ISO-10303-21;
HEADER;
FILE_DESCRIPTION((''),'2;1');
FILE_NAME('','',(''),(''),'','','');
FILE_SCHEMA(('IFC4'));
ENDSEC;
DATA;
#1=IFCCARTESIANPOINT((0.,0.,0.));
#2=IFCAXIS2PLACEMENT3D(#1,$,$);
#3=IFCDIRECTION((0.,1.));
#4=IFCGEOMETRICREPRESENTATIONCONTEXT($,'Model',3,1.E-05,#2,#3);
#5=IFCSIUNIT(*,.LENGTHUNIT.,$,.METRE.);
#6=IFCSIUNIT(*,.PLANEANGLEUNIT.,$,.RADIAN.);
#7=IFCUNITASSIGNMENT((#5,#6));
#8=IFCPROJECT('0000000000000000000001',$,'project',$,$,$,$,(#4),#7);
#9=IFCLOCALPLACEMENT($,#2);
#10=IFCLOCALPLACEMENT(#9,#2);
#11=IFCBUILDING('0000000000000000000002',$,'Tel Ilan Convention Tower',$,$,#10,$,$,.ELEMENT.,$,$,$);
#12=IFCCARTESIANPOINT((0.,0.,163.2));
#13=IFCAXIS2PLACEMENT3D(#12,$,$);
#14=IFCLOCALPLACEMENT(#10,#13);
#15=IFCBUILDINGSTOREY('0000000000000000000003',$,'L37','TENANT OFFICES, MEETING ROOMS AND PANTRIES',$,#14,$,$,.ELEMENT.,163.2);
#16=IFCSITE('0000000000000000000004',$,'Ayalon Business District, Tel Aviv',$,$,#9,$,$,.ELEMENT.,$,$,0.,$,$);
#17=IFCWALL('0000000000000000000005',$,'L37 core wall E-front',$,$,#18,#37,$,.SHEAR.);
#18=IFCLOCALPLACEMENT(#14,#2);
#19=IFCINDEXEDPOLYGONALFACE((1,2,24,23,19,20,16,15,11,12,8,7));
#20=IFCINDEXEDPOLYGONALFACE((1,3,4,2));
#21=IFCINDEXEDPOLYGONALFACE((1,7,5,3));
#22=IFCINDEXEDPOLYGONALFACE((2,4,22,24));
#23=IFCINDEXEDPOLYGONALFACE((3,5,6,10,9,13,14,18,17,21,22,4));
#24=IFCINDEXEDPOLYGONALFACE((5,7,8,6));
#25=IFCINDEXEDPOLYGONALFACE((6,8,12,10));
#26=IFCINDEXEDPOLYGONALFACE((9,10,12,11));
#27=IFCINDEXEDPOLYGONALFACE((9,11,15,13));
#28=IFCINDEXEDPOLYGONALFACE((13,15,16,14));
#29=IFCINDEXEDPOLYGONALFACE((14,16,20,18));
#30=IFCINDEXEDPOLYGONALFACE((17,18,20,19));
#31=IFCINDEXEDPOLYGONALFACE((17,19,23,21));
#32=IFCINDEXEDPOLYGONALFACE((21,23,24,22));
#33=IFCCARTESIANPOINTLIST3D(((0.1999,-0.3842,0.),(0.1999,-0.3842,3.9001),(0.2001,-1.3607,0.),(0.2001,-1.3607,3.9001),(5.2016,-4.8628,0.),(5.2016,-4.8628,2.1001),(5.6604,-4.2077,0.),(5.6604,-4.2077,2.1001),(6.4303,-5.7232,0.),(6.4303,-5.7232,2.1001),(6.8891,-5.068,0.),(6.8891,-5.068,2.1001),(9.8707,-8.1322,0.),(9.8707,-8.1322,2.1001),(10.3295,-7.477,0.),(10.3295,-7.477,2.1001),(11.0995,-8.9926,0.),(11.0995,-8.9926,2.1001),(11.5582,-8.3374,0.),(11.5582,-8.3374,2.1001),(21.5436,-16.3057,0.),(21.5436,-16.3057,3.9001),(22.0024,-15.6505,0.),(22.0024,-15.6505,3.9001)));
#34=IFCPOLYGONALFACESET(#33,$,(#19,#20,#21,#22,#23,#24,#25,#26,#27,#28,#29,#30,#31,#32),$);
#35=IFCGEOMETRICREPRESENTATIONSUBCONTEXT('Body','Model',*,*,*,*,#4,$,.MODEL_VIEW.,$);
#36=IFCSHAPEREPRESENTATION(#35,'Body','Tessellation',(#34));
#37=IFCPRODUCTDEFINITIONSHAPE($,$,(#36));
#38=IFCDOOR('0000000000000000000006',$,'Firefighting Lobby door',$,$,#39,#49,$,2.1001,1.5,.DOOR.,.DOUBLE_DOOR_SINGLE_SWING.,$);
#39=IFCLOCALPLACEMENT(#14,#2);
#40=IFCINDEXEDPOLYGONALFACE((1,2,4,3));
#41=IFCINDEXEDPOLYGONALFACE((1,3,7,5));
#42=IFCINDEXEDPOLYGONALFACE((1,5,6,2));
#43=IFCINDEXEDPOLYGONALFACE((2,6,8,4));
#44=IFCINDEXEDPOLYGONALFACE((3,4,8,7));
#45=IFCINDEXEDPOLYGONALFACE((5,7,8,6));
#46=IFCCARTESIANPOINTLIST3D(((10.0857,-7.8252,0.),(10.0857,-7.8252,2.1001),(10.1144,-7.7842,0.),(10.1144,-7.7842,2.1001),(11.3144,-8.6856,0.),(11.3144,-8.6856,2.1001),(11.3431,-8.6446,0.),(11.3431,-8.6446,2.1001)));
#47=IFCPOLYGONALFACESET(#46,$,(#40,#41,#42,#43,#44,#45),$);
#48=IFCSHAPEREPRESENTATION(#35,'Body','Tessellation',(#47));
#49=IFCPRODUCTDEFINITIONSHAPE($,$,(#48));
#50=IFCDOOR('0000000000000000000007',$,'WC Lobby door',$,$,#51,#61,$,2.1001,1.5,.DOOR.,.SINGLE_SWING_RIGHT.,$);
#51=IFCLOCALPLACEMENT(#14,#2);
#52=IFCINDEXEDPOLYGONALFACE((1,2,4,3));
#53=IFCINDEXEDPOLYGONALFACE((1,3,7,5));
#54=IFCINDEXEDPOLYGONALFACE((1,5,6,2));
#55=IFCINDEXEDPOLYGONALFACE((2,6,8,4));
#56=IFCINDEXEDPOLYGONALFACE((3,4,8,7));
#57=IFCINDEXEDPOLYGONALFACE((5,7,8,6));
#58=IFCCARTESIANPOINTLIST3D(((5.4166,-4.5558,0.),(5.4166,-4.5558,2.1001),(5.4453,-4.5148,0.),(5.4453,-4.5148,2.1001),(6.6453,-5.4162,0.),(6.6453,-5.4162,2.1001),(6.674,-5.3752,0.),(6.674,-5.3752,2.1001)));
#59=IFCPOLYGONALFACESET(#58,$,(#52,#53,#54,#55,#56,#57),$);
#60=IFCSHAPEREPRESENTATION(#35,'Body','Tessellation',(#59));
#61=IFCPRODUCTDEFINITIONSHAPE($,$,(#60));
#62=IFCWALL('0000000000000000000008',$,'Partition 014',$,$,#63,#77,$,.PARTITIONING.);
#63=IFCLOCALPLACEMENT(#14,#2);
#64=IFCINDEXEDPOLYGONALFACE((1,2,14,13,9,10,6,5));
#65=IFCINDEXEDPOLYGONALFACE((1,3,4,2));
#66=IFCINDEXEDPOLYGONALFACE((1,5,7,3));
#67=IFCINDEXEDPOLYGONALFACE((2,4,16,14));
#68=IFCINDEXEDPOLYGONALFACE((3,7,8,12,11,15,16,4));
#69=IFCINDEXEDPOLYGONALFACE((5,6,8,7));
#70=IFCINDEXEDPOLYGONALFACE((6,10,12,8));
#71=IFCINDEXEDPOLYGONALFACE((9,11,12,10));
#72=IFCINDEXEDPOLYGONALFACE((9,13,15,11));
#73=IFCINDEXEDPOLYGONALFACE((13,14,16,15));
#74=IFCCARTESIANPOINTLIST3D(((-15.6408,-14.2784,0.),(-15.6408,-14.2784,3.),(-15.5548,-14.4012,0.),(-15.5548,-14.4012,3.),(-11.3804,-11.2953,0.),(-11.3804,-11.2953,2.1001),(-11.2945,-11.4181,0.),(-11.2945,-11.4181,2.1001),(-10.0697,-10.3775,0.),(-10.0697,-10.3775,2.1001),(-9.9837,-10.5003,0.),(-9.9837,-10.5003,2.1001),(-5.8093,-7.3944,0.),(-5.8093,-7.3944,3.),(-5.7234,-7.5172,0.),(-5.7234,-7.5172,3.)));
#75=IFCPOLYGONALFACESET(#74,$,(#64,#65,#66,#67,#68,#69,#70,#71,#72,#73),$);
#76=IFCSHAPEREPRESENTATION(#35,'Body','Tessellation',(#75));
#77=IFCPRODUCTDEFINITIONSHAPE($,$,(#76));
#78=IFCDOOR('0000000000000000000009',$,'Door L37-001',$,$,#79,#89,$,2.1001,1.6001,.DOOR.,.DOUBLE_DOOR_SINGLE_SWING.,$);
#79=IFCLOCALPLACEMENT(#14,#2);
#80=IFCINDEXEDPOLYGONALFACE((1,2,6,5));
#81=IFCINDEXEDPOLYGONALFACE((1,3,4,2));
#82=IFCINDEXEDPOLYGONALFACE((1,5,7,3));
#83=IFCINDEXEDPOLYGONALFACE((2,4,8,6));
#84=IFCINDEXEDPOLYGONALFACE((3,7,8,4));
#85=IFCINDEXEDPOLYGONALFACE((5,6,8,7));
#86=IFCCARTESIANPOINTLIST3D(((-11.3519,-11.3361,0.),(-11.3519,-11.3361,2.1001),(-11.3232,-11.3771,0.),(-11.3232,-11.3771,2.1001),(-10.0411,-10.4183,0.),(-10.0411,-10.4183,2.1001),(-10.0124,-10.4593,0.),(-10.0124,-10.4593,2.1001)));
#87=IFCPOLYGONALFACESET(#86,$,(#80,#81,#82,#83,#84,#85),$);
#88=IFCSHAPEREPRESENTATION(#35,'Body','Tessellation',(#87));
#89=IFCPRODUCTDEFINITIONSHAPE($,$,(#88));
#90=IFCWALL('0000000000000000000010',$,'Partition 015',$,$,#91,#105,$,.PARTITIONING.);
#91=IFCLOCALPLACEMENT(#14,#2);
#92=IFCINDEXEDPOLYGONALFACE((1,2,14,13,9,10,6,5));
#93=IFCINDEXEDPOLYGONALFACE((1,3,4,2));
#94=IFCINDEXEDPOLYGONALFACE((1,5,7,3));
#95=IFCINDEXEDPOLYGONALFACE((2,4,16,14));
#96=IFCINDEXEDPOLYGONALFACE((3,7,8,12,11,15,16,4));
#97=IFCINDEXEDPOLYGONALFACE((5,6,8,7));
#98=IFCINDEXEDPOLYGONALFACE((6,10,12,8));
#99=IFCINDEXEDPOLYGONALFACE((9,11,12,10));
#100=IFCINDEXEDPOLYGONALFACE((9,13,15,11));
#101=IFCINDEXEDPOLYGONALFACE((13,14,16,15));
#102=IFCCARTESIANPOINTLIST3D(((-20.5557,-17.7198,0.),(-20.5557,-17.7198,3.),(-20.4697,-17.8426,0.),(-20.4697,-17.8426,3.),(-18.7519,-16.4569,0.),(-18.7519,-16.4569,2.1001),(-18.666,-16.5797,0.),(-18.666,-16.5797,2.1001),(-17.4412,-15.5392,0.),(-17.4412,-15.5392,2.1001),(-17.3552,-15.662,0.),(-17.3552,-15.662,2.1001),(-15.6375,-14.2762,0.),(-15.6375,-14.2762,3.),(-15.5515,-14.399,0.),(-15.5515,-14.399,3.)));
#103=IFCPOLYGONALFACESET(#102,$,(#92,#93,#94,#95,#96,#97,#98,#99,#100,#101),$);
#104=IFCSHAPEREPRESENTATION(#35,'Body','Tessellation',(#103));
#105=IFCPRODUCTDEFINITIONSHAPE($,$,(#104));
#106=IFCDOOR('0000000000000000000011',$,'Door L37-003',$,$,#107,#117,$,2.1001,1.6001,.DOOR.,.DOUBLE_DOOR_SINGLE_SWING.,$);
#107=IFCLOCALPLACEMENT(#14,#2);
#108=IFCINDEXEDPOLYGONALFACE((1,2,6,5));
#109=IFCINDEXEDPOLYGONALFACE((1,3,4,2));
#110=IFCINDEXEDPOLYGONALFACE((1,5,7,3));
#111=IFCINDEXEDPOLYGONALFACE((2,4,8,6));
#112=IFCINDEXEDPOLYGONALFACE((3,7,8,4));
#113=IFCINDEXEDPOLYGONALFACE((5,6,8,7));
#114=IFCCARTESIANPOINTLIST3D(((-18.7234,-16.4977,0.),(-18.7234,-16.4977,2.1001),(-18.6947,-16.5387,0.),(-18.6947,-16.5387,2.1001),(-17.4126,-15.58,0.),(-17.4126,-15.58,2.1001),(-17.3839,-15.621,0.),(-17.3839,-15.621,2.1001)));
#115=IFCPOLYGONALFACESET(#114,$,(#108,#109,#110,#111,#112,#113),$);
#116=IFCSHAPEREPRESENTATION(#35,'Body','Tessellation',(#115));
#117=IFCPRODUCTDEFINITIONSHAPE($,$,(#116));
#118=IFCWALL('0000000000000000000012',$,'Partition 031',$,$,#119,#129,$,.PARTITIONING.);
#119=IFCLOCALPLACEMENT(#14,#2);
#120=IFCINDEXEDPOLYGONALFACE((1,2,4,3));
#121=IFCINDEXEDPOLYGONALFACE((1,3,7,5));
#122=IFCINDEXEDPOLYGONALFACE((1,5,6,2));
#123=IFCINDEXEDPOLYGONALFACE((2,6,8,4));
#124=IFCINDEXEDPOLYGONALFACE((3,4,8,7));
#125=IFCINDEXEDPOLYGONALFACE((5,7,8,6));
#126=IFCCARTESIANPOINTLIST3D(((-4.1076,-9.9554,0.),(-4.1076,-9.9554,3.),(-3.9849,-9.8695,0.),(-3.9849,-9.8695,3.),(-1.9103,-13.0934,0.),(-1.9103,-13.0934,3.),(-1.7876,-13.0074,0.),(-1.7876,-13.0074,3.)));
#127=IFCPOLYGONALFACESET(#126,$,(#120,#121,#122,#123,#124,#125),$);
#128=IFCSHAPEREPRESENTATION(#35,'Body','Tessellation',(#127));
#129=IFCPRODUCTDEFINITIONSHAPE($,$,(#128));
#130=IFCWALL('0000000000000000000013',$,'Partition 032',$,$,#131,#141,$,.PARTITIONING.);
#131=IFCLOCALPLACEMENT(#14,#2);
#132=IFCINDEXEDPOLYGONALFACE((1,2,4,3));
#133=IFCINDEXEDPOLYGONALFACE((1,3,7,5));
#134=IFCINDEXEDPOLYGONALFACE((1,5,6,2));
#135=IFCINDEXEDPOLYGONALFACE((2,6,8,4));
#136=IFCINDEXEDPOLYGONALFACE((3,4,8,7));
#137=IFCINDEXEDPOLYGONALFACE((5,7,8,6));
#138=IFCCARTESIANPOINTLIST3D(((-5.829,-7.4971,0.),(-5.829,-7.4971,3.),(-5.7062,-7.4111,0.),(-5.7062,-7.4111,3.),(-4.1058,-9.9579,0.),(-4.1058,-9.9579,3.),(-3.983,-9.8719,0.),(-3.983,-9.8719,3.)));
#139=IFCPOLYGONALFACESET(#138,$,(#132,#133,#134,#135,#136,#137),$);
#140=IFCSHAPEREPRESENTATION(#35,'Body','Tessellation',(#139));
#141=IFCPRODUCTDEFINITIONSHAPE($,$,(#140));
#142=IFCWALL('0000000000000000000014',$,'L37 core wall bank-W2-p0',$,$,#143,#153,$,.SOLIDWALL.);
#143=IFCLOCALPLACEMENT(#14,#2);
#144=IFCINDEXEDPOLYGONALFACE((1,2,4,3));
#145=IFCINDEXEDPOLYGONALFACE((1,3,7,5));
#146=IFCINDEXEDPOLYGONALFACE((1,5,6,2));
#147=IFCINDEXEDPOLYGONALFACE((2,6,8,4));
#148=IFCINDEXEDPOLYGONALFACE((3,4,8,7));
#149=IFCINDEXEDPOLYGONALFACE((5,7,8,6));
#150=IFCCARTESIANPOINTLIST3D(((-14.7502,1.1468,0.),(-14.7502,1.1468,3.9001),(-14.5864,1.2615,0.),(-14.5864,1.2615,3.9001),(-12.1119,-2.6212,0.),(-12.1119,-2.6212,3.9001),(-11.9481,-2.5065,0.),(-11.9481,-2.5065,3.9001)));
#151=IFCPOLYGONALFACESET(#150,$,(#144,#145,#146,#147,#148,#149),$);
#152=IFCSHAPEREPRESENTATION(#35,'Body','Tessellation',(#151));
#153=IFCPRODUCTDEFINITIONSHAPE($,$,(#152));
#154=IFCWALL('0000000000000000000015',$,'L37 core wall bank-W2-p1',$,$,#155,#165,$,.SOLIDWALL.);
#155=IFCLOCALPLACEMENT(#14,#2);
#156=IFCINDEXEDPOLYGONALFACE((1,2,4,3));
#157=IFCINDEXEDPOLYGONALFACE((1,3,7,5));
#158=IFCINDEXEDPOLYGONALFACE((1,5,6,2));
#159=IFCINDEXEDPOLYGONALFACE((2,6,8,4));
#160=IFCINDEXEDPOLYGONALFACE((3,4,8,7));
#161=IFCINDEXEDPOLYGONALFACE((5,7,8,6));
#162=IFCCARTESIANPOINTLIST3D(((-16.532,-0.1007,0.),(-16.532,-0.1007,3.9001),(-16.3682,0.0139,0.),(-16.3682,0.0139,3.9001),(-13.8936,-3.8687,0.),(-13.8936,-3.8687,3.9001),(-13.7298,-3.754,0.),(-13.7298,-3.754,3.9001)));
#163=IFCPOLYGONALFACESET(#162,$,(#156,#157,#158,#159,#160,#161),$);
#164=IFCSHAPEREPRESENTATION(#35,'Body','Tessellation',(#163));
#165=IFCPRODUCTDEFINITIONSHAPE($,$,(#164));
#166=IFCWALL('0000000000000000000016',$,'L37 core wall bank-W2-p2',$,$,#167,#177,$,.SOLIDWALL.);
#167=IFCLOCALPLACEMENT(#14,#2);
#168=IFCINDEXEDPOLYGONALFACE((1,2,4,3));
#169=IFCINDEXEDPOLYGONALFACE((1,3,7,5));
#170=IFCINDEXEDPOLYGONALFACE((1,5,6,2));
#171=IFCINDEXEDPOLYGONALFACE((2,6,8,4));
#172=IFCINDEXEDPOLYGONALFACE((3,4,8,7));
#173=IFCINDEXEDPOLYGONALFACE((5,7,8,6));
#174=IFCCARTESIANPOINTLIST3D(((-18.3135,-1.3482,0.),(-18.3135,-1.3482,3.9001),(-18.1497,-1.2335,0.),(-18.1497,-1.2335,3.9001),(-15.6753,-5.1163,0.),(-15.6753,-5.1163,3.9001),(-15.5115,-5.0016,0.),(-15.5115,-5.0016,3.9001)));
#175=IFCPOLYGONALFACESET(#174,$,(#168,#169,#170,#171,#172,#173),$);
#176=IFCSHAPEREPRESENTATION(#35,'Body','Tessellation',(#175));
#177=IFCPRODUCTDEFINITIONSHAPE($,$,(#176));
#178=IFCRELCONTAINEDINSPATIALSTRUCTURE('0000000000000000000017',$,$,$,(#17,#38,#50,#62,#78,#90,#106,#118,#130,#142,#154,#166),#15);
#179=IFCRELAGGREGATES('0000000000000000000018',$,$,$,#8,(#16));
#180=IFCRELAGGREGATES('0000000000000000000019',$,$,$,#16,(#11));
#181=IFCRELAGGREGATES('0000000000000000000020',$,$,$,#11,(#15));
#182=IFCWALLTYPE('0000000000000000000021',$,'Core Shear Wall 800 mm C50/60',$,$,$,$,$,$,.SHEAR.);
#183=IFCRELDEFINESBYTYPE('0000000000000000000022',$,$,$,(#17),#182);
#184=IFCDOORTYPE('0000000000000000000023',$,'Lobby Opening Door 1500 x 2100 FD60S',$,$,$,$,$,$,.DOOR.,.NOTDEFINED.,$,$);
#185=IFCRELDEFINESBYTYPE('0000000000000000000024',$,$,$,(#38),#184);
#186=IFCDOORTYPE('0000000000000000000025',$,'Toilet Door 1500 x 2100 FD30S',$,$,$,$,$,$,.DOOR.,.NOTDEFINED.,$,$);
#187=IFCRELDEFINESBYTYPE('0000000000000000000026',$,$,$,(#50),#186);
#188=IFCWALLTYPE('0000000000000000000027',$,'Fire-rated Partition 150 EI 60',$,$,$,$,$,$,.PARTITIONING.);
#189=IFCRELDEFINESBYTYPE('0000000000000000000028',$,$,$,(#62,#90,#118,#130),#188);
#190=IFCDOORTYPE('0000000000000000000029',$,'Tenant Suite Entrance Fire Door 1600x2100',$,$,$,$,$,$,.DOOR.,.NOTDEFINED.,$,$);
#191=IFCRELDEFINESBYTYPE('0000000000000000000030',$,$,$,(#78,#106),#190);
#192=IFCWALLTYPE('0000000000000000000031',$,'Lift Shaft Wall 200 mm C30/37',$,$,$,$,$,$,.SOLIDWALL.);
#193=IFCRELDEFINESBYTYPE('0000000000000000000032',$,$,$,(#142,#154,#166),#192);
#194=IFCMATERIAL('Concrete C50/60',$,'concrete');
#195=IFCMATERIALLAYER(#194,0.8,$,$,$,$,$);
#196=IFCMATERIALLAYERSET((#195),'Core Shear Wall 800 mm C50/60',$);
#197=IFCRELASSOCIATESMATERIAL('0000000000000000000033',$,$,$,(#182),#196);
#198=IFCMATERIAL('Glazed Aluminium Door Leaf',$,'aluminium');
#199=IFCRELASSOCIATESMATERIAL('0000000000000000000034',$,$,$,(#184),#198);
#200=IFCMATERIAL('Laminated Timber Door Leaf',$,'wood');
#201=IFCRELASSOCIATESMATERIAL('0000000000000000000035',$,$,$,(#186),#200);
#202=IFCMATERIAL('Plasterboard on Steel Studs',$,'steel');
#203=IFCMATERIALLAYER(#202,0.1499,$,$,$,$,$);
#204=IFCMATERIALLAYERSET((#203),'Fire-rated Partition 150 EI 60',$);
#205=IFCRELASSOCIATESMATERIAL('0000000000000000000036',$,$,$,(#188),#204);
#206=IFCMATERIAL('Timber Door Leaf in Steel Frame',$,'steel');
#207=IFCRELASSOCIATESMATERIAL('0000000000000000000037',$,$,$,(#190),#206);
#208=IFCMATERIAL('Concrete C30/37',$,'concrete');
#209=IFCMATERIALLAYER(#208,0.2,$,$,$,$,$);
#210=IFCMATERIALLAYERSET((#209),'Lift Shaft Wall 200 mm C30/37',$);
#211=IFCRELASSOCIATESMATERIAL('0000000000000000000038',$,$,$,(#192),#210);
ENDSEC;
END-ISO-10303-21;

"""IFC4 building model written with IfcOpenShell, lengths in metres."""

from ifc_helpers import new_model, si_unit, direction, frame, frame_2d, origin, place, context, subcontext, project, spatial, polyline, rectangle, outline, extrude, material, layer, layer_set, type_object, element, fill, save


model = new_model("IFC4")

# Units and contexts
model_context = context("Model", 3, precision=1e-05, world=origin(), true_north=direction((0.0, 1.0)))
body_context = subcontext(model_context, "Body", "Model", "MODEL_VIEW")
ifc_project = project(units=[si_unit("LENGTHUNIT", "METRE"), si_unit("PLANEANGLEUNIT", "RADIAN")], contexts=[model_context])

# Site, building, storey
site_placement = place(None, origin())
site = spatial("IfcSite", under=ifc_project, at=site_placement, Name="Ayalon Business District, Tel Aviv", CompositionType="ELEMENT", RefElevation=0.0)
building_placement = place(site_placement, origin())
building = spatial("IfcBuilding", under=site, at=building_placement, Name="Tel Ilan Convention Tower", CompositionType="ELEMENT")
storey_placement = place(building_placement, frame((0.0, 0.0, 163.2)))
storey = spatial("IfcBuildingStorey", under=building, at=storey_placement, Name="L37", Description="TENANT OFFICES, MEETING ROOMS AND PANTRIES", CompositionType="ELEMENT", Elevation=163.2)

# Wall, openings, doors
ifc_material_1 = material(Name="Concrete C50/60", Category="concrete")
ifc_layer_1 = layer(ifc_material_1, 0.8)
ifc_layer_set_1 = layer_set([ifc_layer_1], Name="Core Shear Wall 800 mm C50/60")
wall_type_1 = type_object("IfcWallType", Name="Core Shear Wall 800 mm C50/60", PredefinedType="SHEAR", material=ifc_layer_set_1)
wall_1_placement = place(storey_placement, frame((-0.0293, -0.7119, 0.0), z_axis=(0.0, 0.0, 1.0), x_axis=(0.819152, -0.573577, 0.0)))
wall_1 = element("IfcWall", 1, at=wall_1_placement, inside=storey, type_object=wall_type_1, Name="L37 core wall E-front", PredefinedType="SHEAR", context=body_context, shape_type="SweptSolid", body=[
    extrude(outline(polyline([(26.6157, 0.3999), (-0.0002, 0.3999), (0.5601, -0.3999), (26.6157, -0.3999), (26.6157, 0.3999)])), origin(), (0.0, 0.0, 1.0), 3.9001),
])
opening_1_placement = place(wall_1_placement, frame((6.6658, 0.0, 0.0)))
opening_1 = element("IfcOpeningElement", 2, at=opening_1_placement, cuts=wall_1, PredefinedType="OPENING", context=body_context, shape_type="SweptSolid", body=[
    extrude(rectangle(XDim=1.5, YDim=2.1001, at=frame_2d((0.75, 1.05))), frame((0.0, 0.4099, 0.0), z_axis=(0.0, -1.0, 0.0), x_axis=(1.0, 0.0, 0.0)), (0.0, 0.0, 1.0), 0.8201),
])
opening_2_placement = place(wall_1_placement, frame((12.3657, 0.0, 0.0)))
opening_2 = element("IfcOpeningElement", 3, at=opening_2_placement, cuts=wall_1, PredefinedType="OPENING", context=body_context, shape_type="SweptSolid", body=[
    extrude(rectangle(XDim=1.5, YDim=2.1001, at=frame_2d((0.75, 1.05))), frame((0.0, 0.4099, 0.0), z_axis=(0.0, -1.0, 0.0), x_axis=(1.0, 0.0, 0.0)), (0.0, 0.0, 1.0), 0.8201),
])
ifc_material_2 = material(Name="Glazed Aluminium Door Leaf", Category="aluminium")
door_type_1 = type_object("IfcDoorType", Name="Lobby Opening Door 1500 x 2100 FD60S", OperationType="NOTDEFINED", PredefinedType="DOOR", material=ifc_material_2)
door_1_placement = place(opening_2_placement, origin())
door_1 = element("IfcDoor", 4, at=door_1_placement, inside=storey, type_object=door_type_1, Name="Firefighting Lobby door", OperationType="DOUBLE_DOOR_SINGLE_SWING", OverallHeight=2.1001, OverallWidth=1.5, PredefinedType="DOOR", context=body_context, shape_type="SweptSolid", body=[
    extrude(rectangle(XDim=1.5, YDim=2.1001, at=frame_2d((0.75, 1.05))), frame((0.0, 0.0249, 0.0), z_axis=(0.0, -1.0, 0.0), x_axis=(1.0, 0.0, 0.0)), (0.0, 0.0, 1.0), 0.05),
])
fill(opening_2, door_1)
ifc_material_3 = material(Name="Laminated Timber Door Leaf", Category="wood")
door_type_2 = type_object("IfcDoorType", Name="Toilet Door 1500 x 2100 FD30S", OperationType="NOTDEFINED", PredefinedType="DOOR", material=ifc_material_3)
door_2_placement = place(opening_1_placement, origin())
door_2 = element("IfcDoor", 5, at=door_2_placement, inside=storey, type_object=door_type_2, Name="WC Lobby door", OperationType="SINGLE_SWING_RIGHT", OverallHeight=2.1001, OverallWidth=1.5, PredefinedType="DOOR", context=body_context, shape_type="SweptSolid", body=[
    extrude(rectangle(XDim=1.5, YDim=2.1001, at=frame_2d((0.75, 1.05))), frame((0.0, 0.0249, 0.0), z_axis=(0.0, -1.0, 0.0), x_axis=(1.0, 0.0, 0.0)), (0.0, 0.0, 1.0), 0.05),
])
fill(opening_1, door_2)

# Walls, openings, doors
ifc_material_4 = material(Name="Plasterboard on Steel Studs", Category="steel")
ifc_layer_2 = layer(ifc_material_4, 0.1499)
ifc_layer_set_2 = layer_set([ifc_layer_2], Name="Fire-rated Partition 150 EI 60")
wall_type_2 = type_object("IfcWallType", Name="Fire-rated Partition 150 EI 60", PredefinedType="PARTITIONING", material=ifc_layer_set_2)
wall_2_placement = place(storey_placement, frame((-5.7664, -7.4558, 0.0), z_axis=(0.0, 0.0, 1.0), x_axis=(-0.819155, -0.573572, 0.0)))
wall_2 = element("IfcWall", 6, at=wall_2_placement, inside=storey, type_object=wall_type_2, Name="Partition 014", PredefinedType="PARTITIONING", context=body_context, shape_type="SweptSolid", body=[
    extrude(rectangle(XDim=12.002, YDim=0.1499, at=frame_2d((6.001, 0.0))), origin(), (0.0, 0.0, 1.0), 3.0),
])
opening_3_placement = place(wall_2_placement, frame((5.2009, 0.0, 0.0)))
opening_3 = element("IfcOpeningElement", 7, at=opening_3_placement, cuts=wall_2, PredefinedType="OPENING", context=body_context, shape_type="SweptSolid", body=[
    extrude(rectangle(XDim=1.6001, YDim=2.1001, at=frame_2d((0.8, 1.05))), frame((0.0, 0.085, 0.0), z_axis=(0.0, -1.0, 0.0), x_axis=(1.0, 0.0, 0.0)), (0.0, 0.0, 1.0), 0.1699),
])
ifc_material_5 = material(Name="Timber Door Leaf in Steel Frame", Category="steel")
door_type_3 = type_object("IfcDoorType", Name="Tenant Suite Entrance Fire Door 1600x2100", OperationType="NOTDEFINED", PredefinedType="DOOR", material=ifc_material_5)
door_3_placement = place(opening_3_placement, origin())
door_3 = element("IfcDoor", 8, at=door_3_placement, inside=storey, type_object=door_type_3, Name="Door L37-001", OperationType="DOUBLE_DOOR_SINGLE_SWING", OverallHeight=2.1001, OverallWidth=1.6001, PredefinedType="DOOR", context=body_context, shape_type="SweptSolid", body=[
    extrude(rectangle(XDim=1.6001, YDim=2.1001, at=frame_2d((0.8, 1.05))), frame((0.0, 0.0249, 0.0), z_axis=(0.0, -1.0, 0.0), x_axis=(1.0, 0.0, 0.0)), (0.0, 0.0, 1.0), 0.05),
])
fill(opening_3, door_3)
wall_3_placement = place(storey_placement, frame((-15.5945, -14.3376, 0.0), z_axis=(0.0, 0.0, 1.0), x_axis=(-0.819165, -0.573558, 0.0)))
wall_3 = element("IfcWall", 9, at=wall_3_placement, inside=storey, type_object=wall_type_2, Name="Partition 015", PredefinedType="PARTITIONING", context=body_context, shape_type="SweptSolid", body=[
    extrude(rectangle(XDim=6.0039, YDim=0.1499, at=frame_2d((3.002, 0.0))), origin(), (0.0, 0.0, 1.0), 3.0),
])
opening_4_placement = place(wall_3_placement, frame((2.2019, 0.0, 0.0)))
opening_4 = element("IfcOpeningElement", 10, at=opening_4_placement, cuts=wall_3, PredefinedType="OPENING", context=body_context, shape_type="SweptSolid", body=[
    extrude(rectangle(XDim=1.6001, YDim=2.1001, at=frame_2d((0.8, 1.05))), frame((0.0, 0.085, 0.0), z_axis=(0.0, -1.0, 0.0), x_axis=(1.0, 0.0, 0.0)), (0.0, 0.0, 1.0), 0.1699),
])
door_4_placement = place(opening_4_placement, origin())
door_4 = element("IfcDoor", 11, at=door_4_placement, inside=storey, type_object=door_type_3, Name="Door L37-003", OperationType="DOUBLE_DOOR_SINGLE_SWING", OverallHeight=2.1001, OverallWidth=1.6001, PredefinedType="DOOR", context=body_context, shape_type="SweptSolid", body=[
    extrude(rectangle(XDim=1.6001, YDim=2.1001, at=frame_2d((0.8, 1.05))), frame((0.0, 0.0249, 0.0), z_axis=(0.0, -1.0, 0.0), x_axis=(1.0, 0.0, 0.0)), (0.0, 0.0, 1.0), 0.05),
])
fill(opening_4, door_4)

# Walls
wall_4_placement = place(storey_placement, frame((-1.8489, -13.0505, 0.0), z_axis=(0.0, 0.0, 1.0), x_axis=(-0.573586, 0.819145, 0.0)))
element("IfcWall", 12, at=wall_4_placement, inside=storey, type_object=wall_type_2, Name="Partition 031", PredefinedType="PARTITIONING", context=body_context, shape_type="SweptSolid", body=[
    extrude(rectangle(XDim=3.8308, YDim=0.1499, at=frame_2d((1.9155, 0.0))), origin(), (0.0, 0.0, 1.0), 3.0),
])
wall_5_placement = place(storey_placement, frame((-4.0444, -9.9148, 0.0), z_axis=(0.0, 0.0, 1.0), x_axis=(-0.57361, 0.819129, 0.0)))
element("IfcWall", 13, at=wall_5_placement, inside=storey, type_object=wall_type_2, Name="Partition 032", PredefinedType="PARTITIONING", context=body_context, shape_type="SweptSolid", body=[
    extrude(rectangle(XDim=3.0042, YDim=0.1499, at=frame_2d((1.502, 0.0))), origin(), (0.0, 0.0, 1.0), 3.0),
])
ifc_material_6 = material(Name="Concrete C30/37", Category="concrete")
ifc_layer_3 = layer(ifc_material_6, 0.2)
ifc_layer_set_3 = layer_set([ifc_layer_3], Name="Lift Shaft Wall 200 mm C30/37")
wall_type_3 = type_object("IfcWallType", Name="Lift Shaft Wall 200 mm C30/37", PredefinedType="SOLIDWALL", material=ifc_layer_set_3)
for number, where, z_axis, x_axis, name in (
    (14, (-12.03, -2.5637, 0.0), (0.0, 0.0, 1.0), (-0.573576, 0.819152, 0.0), "L37 core wall bank-W2-p0"),
    (15, (-13.8118, -3.8113, 0.0), (0.0, 0.0, 1.0), (-0.573576, 0.819152, 0.0), "L37 core wall bank-W2-p1"),
    (16, (-15.5935, -5.0588, 0.0), (0.0, 0.0, 1.0), (-0.573541, 0.819177, 0.0), "L37 core wall bank-W2-p2"),
):
    element("IfcWall", number, at=place(storey_placement, frame(where, z_axis=z_axis, x_axis=x_axis)), inside=storey, type_object=wall_type_3, Name=name, PredefinedType="SOLIDWALL", context=body_context, shape_type="SweptSolid", body=[
        extrude(rectangle(XDim=4.5999, YDim=0.2, at=frame_2d((2.2998, 0.0))), origin(), (0.0, 0.0, 1.0), 3.9001),
    ])

save(model, "model.ifc")
